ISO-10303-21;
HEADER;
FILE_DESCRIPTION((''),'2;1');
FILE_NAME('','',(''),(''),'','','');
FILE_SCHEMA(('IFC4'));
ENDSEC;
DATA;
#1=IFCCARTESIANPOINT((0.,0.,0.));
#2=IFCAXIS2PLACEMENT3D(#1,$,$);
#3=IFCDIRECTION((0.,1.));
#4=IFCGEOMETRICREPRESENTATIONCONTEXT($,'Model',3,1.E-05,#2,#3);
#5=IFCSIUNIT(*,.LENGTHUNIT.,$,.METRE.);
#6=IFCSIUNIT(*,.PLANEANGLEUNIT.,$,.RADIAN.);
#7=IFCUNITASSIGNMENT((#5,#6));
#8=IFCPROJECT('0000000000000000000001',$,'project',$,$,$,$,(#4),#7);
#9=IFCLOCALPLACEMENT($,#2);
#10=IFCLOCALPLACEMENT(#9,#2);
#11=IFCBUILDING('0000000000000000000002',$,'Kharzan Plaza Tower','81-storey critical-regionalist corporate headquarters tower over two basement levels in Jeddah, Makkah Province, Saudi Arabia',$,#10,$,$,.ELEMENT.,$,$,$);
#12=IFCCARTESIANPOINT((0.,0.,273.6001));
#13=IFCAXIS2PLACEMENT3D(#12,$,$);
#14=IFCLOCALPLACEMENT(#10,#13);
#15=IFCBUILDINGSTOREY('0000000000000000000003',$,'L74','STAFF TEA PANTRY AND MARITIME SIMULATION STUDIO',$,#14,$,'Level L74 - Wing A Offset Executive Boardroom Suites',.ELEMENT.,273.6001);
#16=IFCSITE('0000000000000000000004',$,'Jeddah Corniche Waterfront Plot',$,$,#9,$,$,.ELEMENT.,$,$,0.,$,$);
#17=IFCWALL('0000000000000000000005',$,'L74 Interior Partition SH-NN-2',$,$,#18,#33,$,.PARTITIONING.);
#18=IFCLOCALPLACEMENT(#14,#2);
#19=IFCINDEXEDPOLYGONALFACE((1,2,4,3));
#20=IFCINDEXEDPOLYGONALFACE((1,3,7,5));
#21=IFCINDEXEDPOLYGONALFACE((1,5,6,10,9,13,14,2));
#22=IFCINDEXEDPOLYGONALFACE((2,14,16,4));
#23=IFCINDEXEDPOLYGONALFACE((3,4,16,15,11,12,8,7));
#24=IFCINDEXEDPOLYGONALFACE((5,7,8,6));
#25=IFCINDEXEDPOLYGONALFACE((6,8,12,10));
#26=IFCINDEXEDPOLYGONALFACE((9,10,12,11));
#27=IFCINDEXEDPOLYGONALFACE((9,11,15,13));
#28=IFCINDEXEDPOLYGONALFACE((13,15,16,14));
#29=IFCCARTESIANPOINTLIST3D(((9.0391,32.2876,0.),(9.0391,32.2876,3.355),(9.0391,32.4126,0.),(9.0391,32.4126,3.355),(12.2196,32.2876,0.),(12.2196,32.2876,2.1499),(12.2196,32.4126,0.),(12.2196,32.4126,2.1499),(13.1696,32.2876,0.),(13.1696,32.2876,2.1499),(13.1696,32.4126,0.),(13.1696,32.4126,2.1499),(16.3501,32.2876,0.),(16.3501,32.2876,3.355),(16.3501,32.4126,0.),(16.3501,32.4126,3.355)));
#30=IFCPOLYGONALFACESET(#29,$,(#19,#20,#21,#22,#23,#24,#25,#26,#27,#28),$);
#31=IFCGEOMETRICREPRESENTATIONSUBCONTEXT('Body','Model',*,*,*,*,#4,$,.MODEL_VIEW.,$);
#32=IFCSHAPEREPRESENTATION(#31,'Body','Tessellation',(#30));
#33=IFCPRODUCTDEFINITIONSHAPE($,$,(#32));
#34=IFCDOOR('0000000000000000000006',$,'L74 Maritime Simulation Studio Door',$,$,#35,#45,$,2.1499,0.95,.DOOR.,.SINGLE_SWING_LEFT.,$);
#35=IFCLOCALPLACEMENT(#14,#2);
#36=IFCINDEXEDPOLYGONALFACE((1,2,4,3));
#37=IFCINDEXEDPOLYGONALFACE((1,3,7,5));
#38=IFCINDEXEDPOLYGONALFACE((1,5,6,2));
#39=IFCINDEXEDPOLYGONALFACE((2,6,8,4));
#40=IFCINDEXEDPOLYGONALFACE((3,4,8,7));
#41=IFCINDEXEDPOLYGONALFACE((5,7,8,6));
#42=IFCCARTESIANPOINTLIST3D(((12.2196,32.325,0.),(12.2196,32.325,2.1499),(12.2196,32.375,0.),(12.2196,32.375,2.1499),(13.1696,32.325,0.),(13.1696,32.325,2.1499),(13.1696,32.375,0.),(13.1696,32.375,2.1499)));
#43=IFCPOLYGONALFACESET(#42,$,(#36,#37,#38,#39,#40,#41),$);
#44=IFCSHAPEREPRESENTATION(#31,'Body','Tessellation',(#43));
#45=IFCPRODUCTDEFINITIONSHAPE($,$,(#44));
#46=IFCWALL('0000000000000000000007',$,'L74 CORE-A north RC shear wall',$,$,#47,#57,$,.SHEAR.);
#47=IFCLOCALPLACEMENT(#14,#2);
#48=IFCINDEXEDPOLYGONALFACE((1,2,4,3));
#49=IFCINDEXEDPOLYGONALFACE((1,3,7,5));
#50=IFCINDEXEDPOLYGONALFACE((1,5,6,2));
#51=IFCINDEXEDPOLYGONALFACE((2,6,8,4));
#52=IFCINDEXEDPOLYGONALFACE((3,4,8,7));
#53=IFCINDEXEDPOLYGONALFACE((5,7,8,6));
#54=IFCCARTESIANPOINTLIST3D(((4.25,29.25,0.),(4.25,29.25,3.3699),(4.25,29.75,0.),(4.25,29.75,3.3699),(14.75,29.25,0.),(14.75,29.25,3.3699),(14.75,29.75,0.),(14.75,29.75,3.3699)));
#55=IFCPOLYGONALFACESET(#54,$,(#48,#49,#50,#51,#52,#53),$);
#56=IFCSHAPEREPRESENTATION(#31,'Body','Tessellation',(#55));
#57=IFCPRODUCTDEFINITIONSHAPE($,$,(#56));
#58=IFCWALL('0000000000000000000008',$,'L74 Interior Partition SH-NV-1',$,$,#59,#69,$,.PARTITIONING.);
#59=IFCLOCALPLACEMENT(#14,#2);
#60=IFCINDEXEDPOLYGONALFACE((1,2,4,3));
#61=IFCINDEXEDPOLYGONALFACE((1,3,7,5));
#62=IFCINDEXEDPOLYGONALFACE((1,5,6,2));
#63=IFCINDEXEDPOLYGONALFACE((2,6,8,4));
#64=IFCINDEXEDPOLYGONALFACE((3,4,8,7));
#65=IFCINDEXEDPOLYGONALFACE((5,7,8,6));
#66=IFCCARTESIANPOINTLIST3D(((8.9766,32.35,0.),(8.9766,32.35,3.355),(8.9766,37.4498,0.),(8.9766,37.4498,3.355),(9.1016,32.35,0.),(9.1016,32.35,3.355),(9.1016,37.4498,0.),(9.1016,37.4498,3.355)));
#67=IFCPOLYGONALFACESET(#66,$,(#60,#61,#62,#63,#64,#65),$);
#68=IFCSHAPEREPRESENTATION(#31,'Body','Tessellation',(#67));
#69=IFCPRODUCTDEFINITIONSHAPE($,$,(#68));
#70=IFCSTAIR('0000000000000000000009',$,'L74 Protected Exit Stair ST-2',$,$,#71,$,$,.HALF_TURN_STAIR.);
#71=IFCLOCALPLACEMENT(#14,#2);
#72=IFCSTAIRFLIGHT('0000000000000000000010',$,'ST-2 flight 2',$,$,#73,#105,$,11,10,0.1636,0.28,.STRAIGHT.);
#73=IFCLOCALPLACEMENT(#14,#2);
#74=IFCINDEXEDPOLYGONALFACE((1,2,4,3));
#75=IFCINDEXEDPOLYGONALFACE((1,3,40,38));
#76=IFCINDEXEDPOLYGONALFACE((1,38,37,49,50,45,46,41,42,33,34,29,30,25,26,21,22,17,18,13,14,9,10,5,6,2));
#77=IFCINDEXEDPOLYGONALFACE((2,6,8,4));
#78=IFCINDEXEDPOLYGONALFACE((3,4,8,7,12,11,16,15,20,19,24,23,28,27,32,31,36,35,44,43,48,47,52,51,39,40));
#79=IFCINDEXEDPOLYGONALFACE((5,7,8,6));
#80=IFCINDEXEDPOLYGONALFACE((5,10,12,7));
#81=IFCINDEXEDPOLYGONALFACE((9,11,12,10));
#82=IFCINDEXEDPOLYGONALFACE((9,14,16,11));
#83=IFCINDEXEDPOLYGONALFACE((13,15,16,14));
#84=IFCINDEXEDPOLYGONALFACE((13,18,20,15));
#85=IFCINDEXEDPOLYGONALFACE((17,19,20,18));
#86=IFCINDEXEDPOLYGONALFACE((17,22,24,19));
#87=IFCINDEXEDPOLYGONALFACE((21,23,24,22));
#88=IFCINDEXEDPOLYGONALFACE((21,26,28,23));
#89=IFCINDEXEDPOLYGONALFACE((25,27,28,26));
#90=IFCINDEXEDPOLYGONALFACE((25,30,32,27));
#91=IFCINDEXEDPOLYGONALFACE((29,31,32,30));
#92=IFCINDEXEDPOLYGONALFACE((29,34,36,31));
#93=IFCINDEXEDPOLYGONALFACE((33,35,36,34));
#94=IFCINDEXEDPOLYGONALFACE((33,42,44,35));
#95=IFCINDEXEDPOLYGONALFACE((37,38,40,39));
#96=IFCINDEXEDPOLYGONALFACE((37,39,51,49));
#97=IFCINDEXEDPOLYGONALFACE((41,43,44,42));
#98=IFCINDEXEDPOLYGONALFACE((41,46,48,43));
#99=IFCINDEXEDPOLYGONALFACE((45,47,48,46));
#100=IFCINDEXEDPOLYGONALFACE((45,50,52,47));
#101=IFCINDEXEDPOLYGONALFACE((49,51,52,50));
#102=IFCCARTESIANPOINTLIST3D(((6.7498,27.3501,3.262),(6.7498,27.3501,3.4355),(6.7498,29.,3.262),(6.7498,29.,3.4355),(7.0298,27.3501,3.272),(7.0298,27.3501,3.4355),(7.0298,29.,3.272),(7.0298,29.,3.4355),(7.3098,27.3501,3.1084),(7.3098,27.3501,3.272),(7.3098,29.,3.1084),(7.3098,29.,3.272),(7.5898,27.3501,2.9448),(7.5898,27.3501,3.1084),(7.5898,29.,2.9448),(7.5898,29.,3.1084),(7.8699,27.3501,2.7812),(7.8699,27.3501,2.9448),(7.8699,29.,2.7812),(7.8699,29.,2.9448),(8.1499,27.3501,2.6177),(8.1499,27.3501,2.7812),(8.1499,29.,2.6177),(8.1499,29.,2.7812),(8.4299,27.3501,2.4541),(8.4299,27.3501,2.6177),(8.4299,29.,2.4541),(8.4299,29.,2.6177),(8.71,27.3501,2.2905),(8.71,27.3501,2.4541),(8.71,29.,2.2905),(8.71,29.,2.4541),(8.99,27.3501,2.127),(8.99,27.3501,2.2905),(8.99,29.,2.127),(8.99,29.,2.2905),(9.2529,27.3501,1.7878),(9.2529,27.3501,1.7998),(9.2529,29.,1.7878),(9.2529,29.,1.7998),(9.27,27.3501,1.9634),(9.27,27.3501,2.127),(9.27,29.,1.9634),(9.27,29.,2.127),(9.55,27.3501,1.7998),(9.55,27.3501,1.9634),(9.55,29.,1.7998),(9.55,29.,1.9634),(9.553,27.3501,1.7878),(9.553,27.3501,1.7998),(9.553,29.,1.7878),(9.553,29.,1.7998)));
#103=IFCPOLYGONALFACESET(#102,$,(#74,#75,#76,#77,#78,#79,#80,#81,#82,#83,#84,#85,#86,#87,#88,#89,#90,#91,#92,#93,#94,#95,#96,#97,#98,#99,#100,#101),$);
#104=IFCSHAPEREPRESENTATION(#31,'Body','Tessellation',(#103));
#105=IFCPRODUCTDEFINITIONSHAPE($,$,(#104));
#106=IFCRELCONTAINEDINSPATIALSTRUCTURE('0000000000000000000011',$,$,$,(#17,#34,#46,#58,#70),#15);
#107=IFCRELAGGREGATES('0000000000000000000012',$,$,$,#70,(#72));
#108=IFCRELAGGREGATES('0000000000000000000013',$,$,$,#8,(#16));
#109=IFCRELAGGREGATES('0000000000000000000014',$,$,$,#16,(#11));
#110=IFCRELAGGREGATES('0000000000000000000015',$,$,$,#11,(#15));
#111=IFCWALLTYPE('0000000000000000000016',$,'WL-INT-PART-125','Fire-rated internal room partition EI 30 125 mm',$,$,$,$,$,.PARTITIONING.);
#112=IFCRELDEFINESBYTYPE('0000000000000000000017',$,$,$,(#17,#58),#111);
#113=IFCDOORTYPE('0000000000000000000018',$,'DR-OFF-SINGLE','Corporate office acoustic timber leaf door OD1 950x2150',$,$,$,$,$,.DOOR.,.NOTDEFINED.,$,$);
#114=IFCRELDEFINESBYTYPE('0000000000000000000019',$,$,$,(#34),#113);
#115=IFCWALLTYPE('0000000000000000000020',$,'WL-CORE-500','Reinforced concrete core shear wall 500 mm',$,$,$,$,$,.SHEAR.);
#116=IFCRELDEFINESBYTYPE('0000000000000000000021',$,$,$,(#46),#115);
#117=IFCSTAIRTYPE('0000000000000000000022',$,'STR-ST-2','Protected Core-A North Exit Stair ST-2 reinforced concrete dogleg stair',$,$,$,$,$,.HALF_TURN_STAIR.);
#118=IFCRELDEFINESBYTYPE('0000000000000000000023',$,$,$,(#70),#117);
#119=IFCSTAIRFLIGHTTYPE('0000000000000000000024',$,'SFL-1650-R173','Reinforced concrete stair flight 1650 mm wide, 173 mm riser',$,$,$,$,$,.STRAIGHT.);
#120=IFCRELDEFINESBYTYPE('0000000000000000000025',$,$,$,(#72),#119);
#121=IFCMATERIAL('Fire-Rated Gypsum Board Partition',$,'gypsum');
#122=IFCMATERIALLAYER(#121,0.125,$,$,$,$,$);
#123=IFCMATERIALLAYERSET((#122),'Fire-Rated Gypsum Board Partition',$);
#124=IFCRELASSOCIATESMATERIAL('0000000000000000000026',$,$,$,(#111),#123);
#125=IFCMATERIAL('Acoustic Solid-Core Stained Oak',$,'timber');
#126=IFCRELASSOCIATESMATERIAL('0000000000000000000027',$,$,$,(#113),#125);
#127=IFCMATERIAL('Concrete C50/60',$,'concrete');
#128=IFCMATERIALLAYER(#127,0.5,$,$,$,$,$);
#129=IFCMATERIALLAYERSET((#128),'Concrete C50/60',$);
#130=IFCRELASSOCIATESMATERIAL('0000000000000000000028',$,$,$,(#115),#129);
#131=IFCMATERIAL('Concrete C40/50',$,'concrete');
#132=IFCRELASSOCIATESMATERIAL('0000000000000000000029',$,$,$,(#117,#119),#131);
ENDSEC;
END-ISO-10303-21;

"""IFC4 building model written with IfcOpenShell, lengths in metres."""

from ifc_helpers import new_model, si_unit, direction, frame, frame_2d, origin, place, context, subcontext, project, spatial, polyline, rectangle, outline, extrude, source, transform, mapped, material, layer, layer_set, type_object, element, fill, aggregate, save


model = new_model("IFC4")

# Units and contexts
model_context = context("Model", 3, precision=1e-05, world=origin(), true_north=direction((0.0, 1.0)))
body_context = subcontext(model_context, "Body", "Model", "MODEL_VIEW")
ifc_project = project(units=[si_unit("LENGTHUNIT", "METRE"), si_unit("PLANEANGLEUNIT", "RADIAN")], contexts=[model_context])

# Site, building, storey
site_placement = place(None, origin())
site = spatial("IfcSite", under=ifc_project, at=site_placement, Name="Jeddah Corniche Waterfront Plot", CompositionType="ELEMENT", RefElevation=0.0)
building_placement = place(site_placement, origin())
building = spatial("IfcBuilding", under=site, at=building_placement, Name="Kharzan Plaza Tower", Description="81-storey critical-regionalist corporate headquarters tower over two basement levels in Jeddah, Makkah Province, Saudi Arabia", CompositionType="ELEMENT")
storey_placement = place(building_placement, frame((0.0, 0.0, 273.6001)))
storey = spatial("IfcBuildingStorey", under=building, at=storey_placement, Name="L74", Description="STAFF TEA PANTRY AND MARITIME SIMULATION STUDIO", LongName="Level L74 - Wing A Offset Executive Boardroom Suites", CompositionType="ELEMENT", Elevation=273.6001)

# Shared definitions
ifc_material_1 = material(Name="Concrete C50/60", Category="concrete")

# Shared definitions
ifc_material_2 = material(Name="Concrete C40/50", Category="concrete")

# Wall, opening, door
ifc_material_3 = material(Name="Fire-Rated Gypsum Board Partition", Category="gypsum")
ifc_layer_1 = layer(ifc_material_3, 0.125)
ifc_layer_set_1 = layer_set([ifc_layer_1], Name="Fire-Rated Gypsum Board Partition")
wall_type_1 = type_object("IfcWallType", Name="WL-INT-PART-125", Description="Fire-rated internal room partition EI 30 125 mm", PredefinedType="PARTITIONING", material=ifc_layer_set_1)
wall_1_placement = place(storey_placement, frame((9.0391, 32.3501, 0.0), z_axis=(0.0, 0.0, 1.0), x_axis=(1.0, 0.0, 0.0)))
wall_1 = element("IfcWall", 1, at=wall_1_placement, inside=storey, type_object=wall_type_1, Name="L74 Interior Partition SH-NN-2", PredefinedType="PARTITIONING", context=body_context, shape_type="SweptSolid", body=[
    extrude(rectangle(XDim=7.311, YDim=0.125, at=frame_2d((3.6555, 0.0))), origin(), (0.0, 0.0, 1.0), 3.355),
])
opening_1_placement = place(wall_1_placement, frame((3.1804, 0.0, 0.0)))
opening_1 = element("IfcOpeningElement", 2, at=opening_1_placement, cuts=wall_1, PredefinedType="OPENING", context=body_context, shape_type="SweptSolid", body=[
    extrude(rectangle(XDim=0.95, YDim=2.1499, at=frame_2d((0.4751, 1.075))), frame((0.0, 0.0725, 0.0), z_axis=(0.0, -1.0, 0.0), x_axis=(1.0, 0.0, 0.0)), (0.0, 0.0, 1.0), 0.145),
])
ifc_material_4 = material(Name="Acoustic Solid-Core Stained Oak", Category="timber")
door_type = type_object("IfcDoorType", Name="DR-OFF-SINGLE", Description="Corporate office acoustic timber leaf door OD1 950x2150", OperationType="NOTDEFINED", PredefinedType="DOOR", material=ifc_material_4)
shared_shape_1 = source(origin(), body_context, "Body", "SweptSolid", [
    extrude(rectangle(XDim=0.95, YDim=2.1499, at=frame_2d((0.4751, 1.075))), frame((0.0, 0.0249, 0.0), z_axis=(0.0, -1.0, 0.0), x_axis=(1.0, 0.0, 0.0)), (0.0, 0.0, 1.0), 0.05),
])
door_placement = place(opening_1_placement, origin())
door = element("IfcDoor", 3, at=door_placement, inside=storey, type_object=door_type, Name="L74 Maritime Simulation Studio Door", OperationType="SINGLE_SWING_LEFT", OverallHeight=2.1499, OverallWidth=0.95, PredefinedType="DOOR", context=body_context, shape_type="MappedRepresentation", body=[
    mapped(shared_shape_1, transform((0.0, 0.0, 0.0), x_axis=(1.0, 0.0, 0.0), y_axis=(0.0, 1.0, 0.0), z_axis=(0.0, 0.0, 1.0))),
])
fill(opening_1, door)

# Walls
ifc_layer_2 = layer(ifc_material_1, 0.5)
ifc_layer_set_2 = layer_set([ifc_layer_2], Name="Concrete C50/60")
wall_type_2 = type_object("IfcWallType", Name="WL-CORE-500", Description="Reinforced concrete core shear wall 500 mm", PredefinedType="SHEAR", material=ifc_layer_set_2)
shared_shape_2 = source(origin(), body_context, "Body", "SweptSolid", [
    extrude(rectangle(XDim=10.5, YDim=0.5, at=frame_2d((5.25, 0.0))), origin(), (0.0, 0.0, 1.0), 3.3699),
])
wall_2_placement = place(storey_placement, frame((4.25, 29.5, 0.0), z_axis=(0.0, 0.0, 1.0), x_axis=(1.0, 0.0, 0.0)))
element("IfcWall", 4, at=wall_2_placement, inside=storey, type_object=wall_type_2, Name="L74 CORE-A north RC shear wall", PredefinedType="SHEAR", context=body_context, shape_type="MappedRepresentation", body=[
    mapped(shared_shape_2, transform((0.0, 0.0, 0.0), x_axis=(1.0, 0.0, 0.0), y_axis=(0.0, 1.0, 0.0), z_axis=(0.0, 0.0, 1.0))),
])
shared_shape_3 = source(origin(), body_context, "Body", "SweptSolid", [
    extrude(rectangle(XDim=5.0999, YDim=0.125, at=frame_2d((2.5498, 0.0))), origin(), (0.0, 0.0, 1.0), 3.355),
])
wall_3_placement = place(storey_placement, frame((9.0391, 32.3501, 0.0), z_axis=(0.0, 0.0, 1.0), x_axis=(0.0, 1.0, 0.0)))
element("IfcWall", 5, at=wall_3_placement, inside=storey, type_object=wall_type_1, Name="L74 Interior Partition SH-NV-1", PredefinedType="PARTITIONING", context=body_context, shape_type="MappedRepresentation", body=[
    mapped(shared_shape_3, transform((0.0, 0.0, 0.0), x_axis=(1.0, 0.0, 0.0), y_axis=(0.0, 1.0, 0.0), z_axis=(0.0, 0.0, 1.0))),
])

# Stair, stair flight
stair_type = type_object("IfcStairType", Name="STR-ST-2", Description="Protected Core-A North Exit Stair ST-2 reinforced concrete dogleg stair", PredefinedType="HALF_TURN_STAIR", material=ifc_material_2)
stair_placement = place(storey_placement, origin())
stair = element("IfcStair", 6, at=stair_placement, inside=storey, type_object=stair_type, Name="L74 Protected Exit Stair ST-2", PredefinedType="HALF_TURN_STAIR")
stair_flight_type = type_object("IfcStairFlightType", Name="SFL-1650-R173", Description="Reinforced concrete stair flight 1650 mm wide, 173 mm riser", PredefinedType="STRAIGHT", material=ifc_material_2)
shared_shape_4 = source(origin(), body_context, "Body", "SweptSolid", [
    extrude(outline(polyline([(-0.0029, -0.012), (-0.0029, 0.0), (0.0, 0.0), (0.0, 0.1636), (0.28, 0.1636), (0.28, 0.3271), (0.5601, 0.3271), (0.5601, 0.4907), (0.8401, 0.4907), (0.8401, 0.6543), (1.1201, 0.6543), (1.1201, 0.8179), (1.4001, 0.8179), (1.4001, 0.9814), (1.6802, 0.9814), (1.6802, 1.145), (1.9602, 1.145), (1.9602, 1.3086), (2.2402, 1.3086), (2.2402, 1.4722), (2.5203, 1.4722), (2.5203, 1.6357), (2.8003, 1.6357), (2.8003, 1.7993), (2.8003, 1.4622), (0.2971, 0.0), (0.2971, -0.012), (-0.0029, -0.012)])), frame((0.0, 0.825, 0.0), z_axis=(0.0, -1.0, 0.0), x_axis=(1.0, 0.0, 0.0)), (0.0, 0.0, 1.0), 1.6499),
])
stair_flight_placement = place(storey_placement, frame((9.55, 28.175, 1.7998), z_axis=(0.0, 0.0, 1.0), x_axis=(-1.0, 0.0, 0.0)))
stair_flight = element("IfcStairFlight", 7, at=stair_flight_placement, type_object=stair_flight_type, Name="ST-2 flight 2", NumberOfRisers=11, NumberOfTreads=10, PredefinedType="STRAIGHT", RiserHeight=0.1636, TreadLength=0.28, context=body_context, shape_type="MappedRepresentation", body=[
    mapped(shared_shape_4, transform((0.0, 0.0, 0.0), x_axis=(1.0, 0.0, 0.0), y_axis=(0.0, 1.0, 0.0), z_axis=(0.0, 0.0, 1.0))),
])
aggregate(stair, [stair_flight])

save(model, "model.ifc")
